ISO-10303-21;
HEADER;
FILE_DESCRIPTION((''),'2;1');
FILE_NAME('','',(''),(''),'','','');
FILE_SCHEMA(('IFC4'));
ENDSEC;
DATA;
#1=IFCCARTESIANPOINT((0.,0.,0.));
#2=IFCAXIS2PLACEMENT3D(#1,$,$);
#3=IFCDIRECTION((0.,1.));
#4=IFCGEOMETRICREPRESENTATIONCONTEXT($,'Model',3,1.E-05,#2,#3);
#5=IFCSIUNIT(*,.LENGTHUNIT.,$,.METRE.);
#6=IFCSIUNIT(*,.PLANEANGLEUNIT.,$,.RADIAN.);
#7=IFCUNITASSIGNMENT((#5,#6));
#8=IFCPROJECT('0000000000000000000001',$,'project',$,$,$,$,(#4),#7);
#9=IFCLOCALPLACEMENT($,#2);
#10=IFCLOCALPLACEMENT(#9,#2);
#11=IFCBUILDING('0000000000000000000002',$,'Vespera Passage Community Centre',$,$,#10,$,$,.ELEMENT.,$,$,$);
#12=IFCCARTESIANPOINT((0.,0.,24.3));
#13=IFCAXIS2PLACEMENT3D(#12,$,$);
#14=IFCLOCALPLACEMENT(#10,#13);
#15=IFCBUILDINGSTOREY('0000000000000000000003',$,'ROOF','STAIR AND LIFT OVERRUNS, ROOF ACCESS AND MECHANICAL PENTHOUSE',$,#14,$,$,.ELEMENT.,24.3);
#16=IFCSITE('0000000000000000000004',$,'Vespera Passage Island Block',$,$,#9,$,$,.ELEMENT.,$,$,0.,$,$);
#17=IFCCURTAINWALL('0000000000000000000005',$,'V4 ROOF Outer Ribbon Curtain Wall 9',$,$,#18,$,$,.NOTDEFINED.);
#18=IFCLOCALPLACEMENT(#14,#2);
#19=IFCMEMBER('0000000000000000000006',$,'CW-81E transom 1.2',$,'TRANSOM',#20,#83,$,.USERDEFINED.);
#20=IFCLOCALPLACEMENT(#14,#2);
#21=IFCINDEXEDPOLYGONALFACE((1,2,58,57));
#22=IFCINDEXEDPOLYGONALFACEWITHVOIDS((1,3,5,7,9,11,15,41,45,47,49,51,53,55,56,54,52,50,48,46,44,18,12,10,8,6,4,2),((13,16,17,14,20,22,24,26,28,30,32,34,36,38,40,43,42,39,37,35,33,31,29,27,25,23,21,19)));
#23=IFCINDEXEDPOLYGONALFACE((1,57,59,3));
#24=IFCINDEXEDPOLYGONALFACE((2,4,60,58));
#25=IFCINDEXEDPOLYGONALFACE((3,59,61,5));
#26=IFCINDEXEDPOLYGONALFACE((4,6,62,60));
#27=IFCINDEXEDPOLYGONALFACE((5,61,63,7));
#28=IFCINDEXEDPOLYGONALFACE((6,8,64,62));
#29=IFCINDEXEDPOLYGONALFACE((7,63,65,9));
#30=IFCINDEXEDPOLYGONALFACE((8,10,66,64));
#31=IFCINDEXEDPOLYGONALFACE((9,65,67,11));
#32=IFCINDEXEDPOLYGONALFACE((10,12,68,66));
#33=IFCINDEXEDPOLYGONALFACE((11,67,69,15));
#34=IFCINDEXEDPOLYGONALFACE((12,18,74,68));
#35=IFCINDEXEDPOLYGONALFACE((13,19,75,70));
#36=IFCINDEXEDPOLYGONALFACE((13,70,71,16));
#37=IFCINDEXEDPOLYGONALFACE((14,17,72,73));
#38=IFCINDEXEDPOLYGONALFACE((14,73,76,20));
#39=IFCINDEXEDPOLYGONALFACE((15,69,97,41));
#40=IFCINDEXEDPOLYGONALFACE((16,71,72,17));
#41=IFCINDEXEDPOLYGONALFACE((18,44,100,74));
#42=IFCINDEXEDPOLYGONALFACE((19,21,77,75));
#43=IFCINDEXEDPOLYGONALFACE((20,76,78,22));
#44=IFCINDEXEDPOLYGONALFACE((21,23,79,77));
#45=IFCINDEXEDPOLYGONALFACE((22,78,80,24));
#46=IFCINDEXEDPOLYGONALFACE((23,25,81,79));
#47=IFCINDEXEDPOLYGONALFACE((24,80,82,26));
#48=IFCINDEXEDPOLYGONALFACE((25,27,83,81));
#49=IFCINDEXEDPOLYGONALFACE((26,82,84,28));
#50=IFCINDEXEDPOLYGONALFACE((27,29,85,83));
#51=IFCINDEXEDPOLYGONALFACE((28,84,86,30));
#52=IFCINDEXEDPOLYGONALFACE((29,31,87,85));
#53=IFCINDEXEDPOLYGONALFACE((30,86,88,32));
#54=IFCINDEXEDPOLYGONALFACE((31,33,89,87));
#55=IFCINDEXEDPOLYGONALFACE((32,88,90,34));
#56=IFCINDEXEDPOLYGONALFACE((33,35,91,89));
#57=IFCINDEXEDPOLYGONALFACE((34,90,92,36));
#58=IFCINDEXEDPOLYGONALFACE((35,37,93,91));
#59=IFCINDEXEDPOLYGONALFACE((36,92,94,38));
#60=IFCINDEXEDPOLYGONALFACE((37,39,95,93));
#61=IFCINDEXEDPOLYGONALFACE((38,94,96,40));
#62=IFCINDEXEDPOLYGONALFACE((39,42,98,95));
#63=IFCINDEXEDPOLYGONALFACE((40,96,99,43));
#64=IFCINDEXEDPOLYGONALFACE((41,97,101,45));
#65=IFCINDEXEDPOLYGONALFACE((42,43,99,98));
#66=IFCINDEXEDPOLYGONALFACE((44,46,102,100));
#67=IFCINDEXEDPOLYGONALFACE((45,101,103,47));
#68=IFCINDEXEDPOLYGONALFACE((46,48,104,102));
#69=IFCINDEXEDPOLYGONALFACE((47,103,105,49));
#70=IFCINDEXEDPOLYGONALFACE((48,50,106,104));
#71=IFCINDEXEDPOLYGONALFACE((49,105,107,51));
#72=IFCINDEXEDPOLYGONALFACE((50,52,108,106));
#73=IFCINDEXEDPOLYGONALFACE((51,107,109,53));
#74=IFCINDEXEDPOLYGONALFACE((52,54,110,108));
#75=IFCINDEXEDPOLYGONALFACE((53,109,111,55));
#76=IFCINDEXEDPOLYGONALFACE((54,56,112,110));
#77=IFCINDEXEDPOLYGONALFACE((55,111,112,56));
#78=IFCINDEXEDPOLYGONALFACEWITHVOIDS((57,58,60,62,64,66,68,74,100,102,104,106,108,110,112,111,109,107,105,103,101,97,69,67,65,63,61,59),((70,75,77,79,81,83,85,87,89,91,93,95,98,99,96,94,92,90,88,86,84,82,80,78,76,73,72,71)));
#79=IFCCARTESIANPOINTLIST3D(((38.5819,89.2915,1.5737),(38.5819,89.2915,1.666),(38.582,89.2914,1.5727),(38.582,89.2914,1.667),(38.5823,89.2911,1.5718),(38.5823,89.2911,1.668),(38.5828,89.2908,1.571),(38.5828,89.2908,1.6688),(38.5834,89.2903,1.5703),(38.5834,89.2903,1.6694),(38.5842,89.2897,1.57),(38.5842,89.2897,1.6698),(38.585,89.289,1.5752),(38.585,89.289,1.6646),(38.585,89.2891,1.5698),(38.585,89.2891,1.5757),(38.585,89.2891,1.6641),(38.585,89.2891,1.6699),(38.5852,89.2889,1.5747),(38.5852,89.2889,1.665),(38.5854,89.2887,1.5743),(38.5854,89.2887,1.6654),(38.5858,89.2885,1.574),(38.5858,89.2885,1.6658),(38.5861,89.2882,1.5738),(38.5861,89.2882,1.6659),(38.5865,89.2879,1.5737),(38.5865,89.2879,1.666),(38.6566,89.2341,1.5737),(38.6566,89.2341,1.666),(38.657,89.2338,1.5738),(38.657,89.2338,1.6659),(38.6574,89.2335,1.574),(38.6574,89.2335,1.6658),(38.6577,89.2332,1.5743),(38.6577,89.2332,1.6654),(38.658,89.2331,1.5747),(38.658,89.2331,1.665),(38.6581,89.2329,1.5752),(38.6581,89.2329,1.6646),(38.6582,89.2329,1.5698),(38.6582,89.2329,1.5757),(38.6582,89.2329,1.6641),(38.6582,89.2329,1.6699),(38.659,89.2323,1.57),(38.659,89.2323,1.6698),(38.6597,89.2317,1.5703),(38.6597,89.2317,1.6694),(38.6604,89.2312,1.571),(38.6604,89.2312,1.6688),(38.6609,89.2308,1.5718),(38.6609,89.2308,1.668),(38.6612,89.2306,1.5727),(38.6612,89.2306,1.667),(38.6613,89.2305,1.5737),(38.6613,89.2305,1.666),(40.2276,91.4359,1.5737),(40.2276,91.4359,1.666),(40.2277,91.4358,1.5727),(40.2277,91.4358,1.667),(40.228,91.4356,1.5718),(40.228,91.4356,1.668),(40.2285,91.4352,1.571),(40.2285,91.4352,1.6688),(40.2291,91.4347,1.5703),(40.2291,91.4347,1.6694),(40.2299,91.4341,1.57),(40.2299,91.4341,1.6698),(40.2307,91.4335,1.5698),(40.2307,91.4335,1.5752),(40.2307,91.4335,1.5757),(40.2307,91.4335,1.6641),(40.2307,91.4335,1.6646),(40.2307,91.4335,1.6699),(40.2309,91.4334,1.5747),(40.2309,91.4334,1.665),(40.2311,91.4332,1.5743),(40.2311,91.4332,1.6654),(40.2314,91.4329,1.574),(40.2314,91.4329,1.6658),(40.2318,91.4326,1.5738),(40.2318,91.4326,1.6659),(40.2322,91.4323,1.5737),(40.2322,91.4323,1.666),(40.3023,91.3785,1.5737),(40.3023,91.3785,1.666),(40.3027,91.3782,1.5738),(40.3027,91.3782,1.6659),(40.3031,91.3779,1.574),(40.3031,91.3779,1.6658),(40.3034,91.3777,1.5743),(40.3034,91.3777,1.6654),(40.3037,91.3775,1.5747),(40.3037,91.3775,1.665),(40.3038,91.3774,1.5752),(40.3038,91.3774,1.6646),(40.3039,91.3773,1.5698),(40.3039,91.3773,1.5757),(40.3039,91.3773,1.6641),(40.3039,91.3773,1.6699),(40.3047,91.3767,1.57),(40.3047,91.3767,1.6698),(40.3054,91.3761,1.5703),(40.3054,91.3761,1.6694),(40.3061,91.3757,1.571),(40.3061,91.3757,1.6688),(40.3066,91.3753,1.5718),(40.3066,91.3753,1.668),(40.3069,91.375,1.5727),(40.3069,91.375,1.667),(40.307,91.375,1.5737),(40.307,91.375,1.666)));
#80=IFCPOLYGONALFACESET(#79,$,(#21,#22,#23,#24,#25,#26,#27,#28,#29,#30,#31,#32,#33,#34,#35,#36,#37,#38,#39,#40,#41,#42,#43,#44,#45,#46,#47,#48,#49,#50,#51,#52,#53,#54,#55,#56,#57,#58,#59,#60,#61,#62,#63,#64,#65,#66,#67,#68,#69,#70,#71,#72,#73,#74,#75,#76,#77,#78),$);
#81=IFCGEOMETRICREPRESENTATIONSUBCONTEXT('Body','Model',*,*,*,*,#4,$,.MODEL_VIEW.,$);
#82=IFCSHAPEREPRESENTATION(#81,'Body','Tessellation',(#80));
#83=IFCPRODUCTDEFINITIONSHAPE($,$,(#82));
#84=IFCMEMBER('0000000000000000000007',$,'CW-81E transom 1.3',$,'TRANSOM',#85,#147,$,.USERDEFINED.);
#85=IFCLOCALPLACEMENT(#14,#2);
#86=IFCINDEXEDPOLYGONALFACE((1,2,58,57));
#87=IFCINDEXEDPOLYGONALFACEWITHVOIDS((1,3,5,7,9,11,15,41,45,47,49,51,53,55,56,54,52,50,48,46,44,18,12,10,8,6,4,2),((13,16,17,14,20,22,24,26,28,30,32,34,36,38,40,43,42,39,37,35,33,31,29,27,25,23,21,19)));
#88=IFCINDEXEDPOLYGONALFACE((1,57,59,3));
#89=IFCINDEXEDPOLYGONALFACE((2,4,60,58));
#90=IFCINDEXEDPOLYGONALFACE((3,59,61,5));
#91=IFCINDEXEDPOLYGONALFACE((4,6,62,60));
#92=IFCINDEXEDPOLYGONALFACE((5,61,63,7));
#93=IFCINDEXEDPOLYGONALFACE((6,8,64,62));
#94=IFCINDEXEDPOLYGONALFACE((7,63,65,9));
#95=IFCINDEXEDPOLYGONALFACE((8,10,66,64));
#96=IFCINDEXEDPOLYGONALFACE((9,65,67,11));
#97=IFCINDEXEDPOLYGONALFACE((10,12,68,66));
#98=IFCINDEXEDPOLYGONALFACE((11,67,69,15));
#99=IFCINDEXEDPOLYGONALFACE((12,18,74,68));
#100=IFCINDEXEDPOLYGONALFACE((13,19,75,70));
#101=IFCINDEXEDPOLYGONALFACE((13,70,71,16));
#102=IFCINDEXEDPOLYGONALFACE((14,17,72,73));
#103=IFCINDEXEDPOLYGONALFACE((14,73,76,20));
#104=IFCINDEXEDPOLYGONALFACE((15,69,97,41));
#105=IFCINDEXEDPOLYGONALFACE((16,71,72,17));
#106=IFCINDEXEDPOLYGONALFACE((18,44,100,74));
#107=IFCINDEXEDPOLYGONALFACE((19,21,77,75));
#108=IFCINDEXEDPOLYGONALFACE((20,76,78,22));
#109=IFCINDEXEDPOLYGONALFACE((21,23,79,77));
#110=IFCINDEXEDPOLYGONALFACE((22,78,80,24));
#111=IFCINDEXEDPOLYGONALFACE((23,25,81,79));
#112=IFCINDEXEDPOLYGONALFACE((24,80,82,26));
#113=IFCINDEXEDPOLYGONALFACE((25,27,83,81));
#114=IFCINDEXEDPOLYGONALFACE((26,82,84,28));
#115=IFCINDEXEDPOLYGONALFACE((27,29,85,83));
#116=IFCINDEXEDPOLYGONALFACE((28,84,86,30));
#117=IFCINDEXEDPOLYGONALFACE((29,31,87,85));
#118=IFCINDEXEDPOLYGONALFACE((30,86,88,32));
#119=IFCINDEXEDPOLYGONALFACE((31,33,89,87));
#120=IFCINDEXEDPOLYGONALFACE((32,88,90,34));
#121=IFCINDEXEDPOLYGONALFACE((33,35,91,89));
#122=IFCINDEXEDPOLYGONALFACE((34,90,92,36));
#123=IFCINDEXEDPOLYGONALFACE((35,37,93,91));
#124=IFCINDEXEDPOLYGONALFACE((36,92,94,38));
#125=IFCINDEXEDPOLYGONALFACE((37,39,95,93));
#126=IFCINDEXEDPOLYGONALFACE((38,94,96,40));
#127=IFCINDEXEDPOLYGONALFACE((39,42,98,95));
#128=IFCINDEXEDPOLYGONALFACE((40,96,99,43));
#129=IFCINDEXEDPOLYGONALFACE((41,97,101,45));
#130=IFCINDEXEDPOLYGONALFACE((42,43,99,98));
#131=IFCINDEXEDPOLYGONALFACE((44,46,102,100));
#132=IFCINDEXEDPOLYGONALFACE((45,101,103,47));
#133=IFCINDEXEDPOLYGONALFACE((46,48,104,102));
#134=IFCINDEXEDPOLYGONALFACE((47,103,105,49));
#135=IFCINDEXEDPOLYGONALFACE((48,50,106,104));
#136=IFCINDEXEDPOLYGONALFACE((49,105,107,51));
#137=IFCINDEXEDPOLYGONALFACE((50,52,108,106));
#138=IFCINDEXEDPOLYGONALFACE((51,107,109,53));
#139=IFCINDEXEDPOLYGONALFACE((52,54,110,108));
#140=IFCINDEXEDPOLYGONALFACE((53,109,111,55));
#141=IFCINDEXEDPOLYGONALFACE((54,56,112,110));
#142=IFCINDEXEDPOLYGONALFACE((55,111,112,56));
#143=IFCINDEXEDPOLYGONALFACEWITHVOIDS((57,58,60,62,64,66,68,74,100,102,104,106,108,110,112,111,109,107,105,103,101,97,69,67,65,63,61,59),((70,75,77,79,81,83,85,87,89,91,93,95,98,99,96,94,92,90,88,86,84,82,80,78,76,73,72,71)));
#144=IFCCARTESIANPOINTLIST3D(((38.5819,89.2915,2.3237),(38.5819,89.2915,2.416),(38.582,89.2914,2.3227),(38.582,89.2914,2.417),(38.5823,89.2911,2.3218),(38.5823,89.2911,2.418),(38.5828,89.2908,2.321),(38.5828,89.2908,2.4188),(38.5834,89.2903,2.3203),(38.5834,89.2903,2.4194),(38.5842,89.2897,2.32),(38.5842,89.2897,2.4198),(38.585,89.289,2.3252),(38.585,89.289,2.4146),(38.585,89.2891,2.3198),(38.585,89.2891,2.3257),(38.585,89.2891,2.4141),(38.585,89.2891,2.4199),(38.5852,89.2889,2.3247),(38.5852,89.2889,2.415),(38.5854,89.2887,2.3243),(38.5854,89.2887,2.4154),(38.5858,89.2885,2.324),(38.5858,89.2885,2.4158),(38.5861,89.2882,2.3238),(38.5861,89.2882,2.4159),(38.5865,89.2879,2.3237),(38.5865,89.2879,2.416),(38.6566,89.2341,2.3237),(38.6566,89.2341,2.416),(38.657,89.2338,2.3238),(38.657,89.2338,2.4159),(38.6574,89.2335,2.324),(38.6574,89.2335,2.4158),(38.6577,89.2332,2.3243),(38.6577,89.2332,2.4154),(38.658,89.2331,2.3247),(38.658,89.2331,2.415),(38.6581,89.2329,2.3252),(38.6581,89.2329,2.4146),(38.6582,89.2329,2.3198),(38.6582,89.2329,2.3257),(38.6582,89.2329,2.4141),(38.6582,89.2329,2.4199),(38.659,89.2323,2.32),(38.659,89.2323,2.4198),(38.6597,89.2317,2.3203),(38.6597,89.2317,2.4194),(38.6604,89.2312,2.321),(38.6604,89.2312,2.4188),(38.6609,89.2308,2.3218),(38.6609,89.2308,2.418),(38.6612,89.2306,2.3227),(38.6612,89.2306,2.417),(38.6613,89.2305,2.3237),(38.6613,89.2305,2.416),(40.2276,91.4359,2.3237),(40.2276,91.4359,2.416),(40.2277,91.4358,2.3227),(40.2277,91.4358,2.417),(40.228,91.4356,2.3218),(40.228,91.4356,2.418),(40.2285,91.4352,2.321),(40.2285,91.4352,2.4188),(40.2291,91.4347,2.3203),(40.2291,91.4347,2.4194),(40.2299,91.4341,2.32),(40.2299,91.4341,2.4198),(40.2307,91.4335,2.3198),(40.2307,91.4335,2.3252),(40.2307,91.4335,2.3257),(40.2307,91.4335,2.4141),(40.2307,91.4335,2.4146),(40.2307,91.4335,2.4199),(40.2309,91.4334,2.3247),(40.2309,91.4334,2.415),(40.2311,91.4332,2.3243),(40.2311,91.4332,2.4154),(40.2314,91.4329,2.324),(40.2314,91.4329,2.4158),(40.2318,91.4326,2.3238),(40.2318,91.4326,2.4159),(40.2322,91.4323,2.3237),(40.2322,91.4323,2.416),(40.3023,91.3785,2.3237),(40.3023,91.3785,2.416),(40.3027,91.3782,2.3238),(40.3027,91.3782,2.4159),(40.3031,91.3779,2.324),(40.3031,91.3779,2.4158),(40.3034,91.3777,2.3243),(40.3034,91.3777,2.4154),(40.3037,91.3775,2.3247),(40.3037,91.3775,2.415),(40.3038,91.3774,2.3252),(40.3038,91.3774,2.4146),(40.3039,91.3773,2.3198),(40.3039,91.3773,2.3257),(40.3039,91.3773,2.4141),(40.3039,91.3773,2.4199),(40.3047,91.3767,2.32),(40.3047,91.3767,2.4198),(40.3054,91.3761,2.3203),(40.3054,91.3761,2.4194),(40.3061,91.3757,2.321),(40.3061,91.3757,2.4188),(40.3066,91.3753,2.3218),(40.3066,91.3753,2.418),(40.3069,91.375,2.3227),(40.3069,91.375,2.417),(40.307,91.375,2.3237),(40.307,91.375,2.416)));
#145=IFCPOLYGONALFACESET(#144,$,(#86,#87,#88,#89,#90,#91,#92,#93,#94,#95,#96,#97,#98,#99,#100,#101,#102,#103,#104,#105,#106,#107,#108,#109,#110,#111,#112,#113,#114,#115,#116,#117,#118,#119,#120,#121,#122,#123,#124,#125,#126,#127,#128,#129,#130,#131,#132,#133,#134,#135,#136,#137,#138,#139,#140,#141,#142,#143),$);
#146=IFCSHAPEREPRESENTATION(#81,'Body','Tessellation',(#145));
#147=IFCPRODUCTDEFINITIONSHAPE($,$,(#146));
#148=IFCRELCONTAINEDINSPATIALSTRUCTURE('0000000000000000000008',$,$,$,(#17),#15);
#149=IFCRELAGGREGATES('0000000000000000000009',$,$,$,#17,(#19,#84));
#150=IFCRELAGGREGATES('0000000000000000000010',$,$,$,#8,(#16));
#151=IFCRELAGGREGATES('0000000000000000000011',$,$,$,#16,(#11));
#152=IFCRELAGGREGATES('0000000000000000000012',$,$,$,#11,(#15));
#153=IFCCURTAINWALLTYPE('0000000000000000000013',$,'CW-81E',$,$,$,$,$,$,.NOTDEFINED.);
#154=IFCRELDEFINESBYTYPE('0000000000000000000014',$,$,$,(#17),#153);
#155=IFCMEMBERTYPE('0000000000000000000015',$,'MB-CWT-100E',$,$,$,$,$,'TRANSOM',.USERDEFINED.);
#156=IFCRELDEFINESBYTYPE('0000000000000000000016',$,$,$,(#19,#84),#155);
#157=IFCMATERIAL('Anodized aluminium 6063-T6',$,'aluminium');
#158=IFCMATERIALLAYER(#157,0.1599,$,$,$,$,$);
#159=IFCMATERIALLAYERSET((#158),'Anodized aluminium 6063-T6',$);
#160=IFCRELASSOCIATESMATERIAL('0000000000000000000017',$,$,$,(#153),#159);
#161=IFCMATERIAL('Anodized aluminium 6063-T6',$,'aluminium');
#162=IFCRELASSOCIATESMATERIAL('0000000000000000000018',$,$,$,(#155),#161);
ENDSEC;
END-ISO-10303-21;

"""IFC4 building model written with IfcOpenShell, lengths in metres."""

from ifc_helpers import new_model, si_unit, direction, frame, origin, origin_2d, place, context, subcontext, project, spatial, hollow_rectangle, extrude, material, layer, layer_set, material_profile, profile_set, type_object, element, aggregate, save


model = new_model("IFC4")

# Units and contexts
model_context = context("Model", 3, precision=1e-05, world=origin(), true_north=direction((0.0, 1.0)))
body_context = subcontext(model_context, "Body", "Model", "MODEL_VIEW")
ifc_project = project(units=[si_unit("LENGTHUNIT", "METRE"), si_unit("PLANEANGLEUNIT", "RADIAN")], contexts=[model_context])

# Site, building, storey
site_placement = place(None, origin())
site = spatial("IfcSite", under=ifc_project, at=site_placement, Name="Vespera Passage Island Block", CompositionType="ELEMENT", RefElevation=0.0)
building_placement = place(site_placement, origin())
building = spatial("IfcBuilding", under=site, at=building_placement, Name="Vespera Passage Community Centre", CompositionType="ELEMENT")
storey_placement = place(building_placement, frame((0.0, 0.0, 24.3)))
storey = spatial("IfcBuildingStorey", under=building, at=storey_placement, Name="ROOF", Description="STAIR AND LIFT OVERRUNS, ROOF ACCESS AND MECHANICAL PENTHOUSE", CompositionType="ELEMENT", Elevation=24.3)

# Curtain wall
ifc_material_1 = material(Name="Anodized aluminium 6063-T6", Category="aluminium")
ifc_layer_1 = layer(ifc_material_1, 0.1599)
ifc_layer_set_1 = layer_set([ifc_layer_1], Name="Anodized aluminium 6063-T6")
curtain_wall_type_1 = type_object("IfcCurtainWallType", Name="CW-81E", PredefinedType="NOTDEFINED", material=ifc_layer_set_1)
curtain_wall_1_placement = place(storey_placement, origin())
curtain_wall_1 = element("IfcCurtainWall", 1, at=curtain_wall_1_placement, inside=storey, type_object=curtain_wall_type_1, Name="V4 ROOF Outer Ribbon Curtain Wall 9", PredefinedType="NOTDEFINED")

# Members
ifc_material_2 = material(Name="Anodized aluminium 6063-T6", Category="aluminium")
ifc_material_profile_1 = material_profile(ifc_material_2, hollow_rectangle(XDim=0.1001, YDim=0.1001, WallThickness=0.0039, InnerFilletRadius=0.002, OuterFilletRadius=0.0039, at=origin_2d()), Name="ALU100X100X4")
ifc_profile_set_1 = profile_set([ifc_material_profile_1], Name="Anodized aluminium 6063-T6")
member_type_1 = type_object("IfcMemberType", Name="MB-CWT-100E", ElementType="TRANSOM", PredefinedType="USERDEFINED", material=ifc_profile_set_1)
member_1_placement = place(storey_placement, frame((38.6216, 89.261, 1.6199), z_axis=(0.608807, 0.793318, 0.0), x_axis=(-0.793318, 0.608807, 0.0)))
member_1 = element("IfcMember", 2, at=member_1_placement, type_object=member_type_1, Name="CW-81E transom 1.2", ObjectType="TRANSOM", PredefinedType="USERDEFINED", context=body_context, shape_type="SweptSolid", body=[
    extrude(hollow_rectangle(XDim=0.1001, YDim=0.1001, WallThickness=0.0039, InnerFilletRadius=0.002, OuterFilletRadius=0.0039, at=origin_2d()), origin(), (0.0, 0.0, 1.0), 2.7031),
])
member_2_placement = place(storey_placement, frame((38.6216, 89.261, 2.3699), z_axis=(0.608807, 0.793318, 0.0), x_axis=(-0.793318, 0.608807, 0.0)))
member_2 = element("IfcMember", 3, at=member_2_placement, type_object=member_type_1, Name="CW-81E transom 1.3", ObjectType="TRANSOM", PredefinedType="USERDEFINED", context=body_context, shape_type="SweptSolid", body=[
    extrude(hollow_rectangle(XDim=0.1001, YDim=0.1001, WallThickness=0.0039, InnerFilletRadius=0.002, OuterFilletRadius=0.0039, at=origin_2d()), origin(), (0.0, 0.0, 1.0), 2.7031),
])

aggregate(curtain_wall_1, [member_1, member_2])

save(model, "model.ifc")
